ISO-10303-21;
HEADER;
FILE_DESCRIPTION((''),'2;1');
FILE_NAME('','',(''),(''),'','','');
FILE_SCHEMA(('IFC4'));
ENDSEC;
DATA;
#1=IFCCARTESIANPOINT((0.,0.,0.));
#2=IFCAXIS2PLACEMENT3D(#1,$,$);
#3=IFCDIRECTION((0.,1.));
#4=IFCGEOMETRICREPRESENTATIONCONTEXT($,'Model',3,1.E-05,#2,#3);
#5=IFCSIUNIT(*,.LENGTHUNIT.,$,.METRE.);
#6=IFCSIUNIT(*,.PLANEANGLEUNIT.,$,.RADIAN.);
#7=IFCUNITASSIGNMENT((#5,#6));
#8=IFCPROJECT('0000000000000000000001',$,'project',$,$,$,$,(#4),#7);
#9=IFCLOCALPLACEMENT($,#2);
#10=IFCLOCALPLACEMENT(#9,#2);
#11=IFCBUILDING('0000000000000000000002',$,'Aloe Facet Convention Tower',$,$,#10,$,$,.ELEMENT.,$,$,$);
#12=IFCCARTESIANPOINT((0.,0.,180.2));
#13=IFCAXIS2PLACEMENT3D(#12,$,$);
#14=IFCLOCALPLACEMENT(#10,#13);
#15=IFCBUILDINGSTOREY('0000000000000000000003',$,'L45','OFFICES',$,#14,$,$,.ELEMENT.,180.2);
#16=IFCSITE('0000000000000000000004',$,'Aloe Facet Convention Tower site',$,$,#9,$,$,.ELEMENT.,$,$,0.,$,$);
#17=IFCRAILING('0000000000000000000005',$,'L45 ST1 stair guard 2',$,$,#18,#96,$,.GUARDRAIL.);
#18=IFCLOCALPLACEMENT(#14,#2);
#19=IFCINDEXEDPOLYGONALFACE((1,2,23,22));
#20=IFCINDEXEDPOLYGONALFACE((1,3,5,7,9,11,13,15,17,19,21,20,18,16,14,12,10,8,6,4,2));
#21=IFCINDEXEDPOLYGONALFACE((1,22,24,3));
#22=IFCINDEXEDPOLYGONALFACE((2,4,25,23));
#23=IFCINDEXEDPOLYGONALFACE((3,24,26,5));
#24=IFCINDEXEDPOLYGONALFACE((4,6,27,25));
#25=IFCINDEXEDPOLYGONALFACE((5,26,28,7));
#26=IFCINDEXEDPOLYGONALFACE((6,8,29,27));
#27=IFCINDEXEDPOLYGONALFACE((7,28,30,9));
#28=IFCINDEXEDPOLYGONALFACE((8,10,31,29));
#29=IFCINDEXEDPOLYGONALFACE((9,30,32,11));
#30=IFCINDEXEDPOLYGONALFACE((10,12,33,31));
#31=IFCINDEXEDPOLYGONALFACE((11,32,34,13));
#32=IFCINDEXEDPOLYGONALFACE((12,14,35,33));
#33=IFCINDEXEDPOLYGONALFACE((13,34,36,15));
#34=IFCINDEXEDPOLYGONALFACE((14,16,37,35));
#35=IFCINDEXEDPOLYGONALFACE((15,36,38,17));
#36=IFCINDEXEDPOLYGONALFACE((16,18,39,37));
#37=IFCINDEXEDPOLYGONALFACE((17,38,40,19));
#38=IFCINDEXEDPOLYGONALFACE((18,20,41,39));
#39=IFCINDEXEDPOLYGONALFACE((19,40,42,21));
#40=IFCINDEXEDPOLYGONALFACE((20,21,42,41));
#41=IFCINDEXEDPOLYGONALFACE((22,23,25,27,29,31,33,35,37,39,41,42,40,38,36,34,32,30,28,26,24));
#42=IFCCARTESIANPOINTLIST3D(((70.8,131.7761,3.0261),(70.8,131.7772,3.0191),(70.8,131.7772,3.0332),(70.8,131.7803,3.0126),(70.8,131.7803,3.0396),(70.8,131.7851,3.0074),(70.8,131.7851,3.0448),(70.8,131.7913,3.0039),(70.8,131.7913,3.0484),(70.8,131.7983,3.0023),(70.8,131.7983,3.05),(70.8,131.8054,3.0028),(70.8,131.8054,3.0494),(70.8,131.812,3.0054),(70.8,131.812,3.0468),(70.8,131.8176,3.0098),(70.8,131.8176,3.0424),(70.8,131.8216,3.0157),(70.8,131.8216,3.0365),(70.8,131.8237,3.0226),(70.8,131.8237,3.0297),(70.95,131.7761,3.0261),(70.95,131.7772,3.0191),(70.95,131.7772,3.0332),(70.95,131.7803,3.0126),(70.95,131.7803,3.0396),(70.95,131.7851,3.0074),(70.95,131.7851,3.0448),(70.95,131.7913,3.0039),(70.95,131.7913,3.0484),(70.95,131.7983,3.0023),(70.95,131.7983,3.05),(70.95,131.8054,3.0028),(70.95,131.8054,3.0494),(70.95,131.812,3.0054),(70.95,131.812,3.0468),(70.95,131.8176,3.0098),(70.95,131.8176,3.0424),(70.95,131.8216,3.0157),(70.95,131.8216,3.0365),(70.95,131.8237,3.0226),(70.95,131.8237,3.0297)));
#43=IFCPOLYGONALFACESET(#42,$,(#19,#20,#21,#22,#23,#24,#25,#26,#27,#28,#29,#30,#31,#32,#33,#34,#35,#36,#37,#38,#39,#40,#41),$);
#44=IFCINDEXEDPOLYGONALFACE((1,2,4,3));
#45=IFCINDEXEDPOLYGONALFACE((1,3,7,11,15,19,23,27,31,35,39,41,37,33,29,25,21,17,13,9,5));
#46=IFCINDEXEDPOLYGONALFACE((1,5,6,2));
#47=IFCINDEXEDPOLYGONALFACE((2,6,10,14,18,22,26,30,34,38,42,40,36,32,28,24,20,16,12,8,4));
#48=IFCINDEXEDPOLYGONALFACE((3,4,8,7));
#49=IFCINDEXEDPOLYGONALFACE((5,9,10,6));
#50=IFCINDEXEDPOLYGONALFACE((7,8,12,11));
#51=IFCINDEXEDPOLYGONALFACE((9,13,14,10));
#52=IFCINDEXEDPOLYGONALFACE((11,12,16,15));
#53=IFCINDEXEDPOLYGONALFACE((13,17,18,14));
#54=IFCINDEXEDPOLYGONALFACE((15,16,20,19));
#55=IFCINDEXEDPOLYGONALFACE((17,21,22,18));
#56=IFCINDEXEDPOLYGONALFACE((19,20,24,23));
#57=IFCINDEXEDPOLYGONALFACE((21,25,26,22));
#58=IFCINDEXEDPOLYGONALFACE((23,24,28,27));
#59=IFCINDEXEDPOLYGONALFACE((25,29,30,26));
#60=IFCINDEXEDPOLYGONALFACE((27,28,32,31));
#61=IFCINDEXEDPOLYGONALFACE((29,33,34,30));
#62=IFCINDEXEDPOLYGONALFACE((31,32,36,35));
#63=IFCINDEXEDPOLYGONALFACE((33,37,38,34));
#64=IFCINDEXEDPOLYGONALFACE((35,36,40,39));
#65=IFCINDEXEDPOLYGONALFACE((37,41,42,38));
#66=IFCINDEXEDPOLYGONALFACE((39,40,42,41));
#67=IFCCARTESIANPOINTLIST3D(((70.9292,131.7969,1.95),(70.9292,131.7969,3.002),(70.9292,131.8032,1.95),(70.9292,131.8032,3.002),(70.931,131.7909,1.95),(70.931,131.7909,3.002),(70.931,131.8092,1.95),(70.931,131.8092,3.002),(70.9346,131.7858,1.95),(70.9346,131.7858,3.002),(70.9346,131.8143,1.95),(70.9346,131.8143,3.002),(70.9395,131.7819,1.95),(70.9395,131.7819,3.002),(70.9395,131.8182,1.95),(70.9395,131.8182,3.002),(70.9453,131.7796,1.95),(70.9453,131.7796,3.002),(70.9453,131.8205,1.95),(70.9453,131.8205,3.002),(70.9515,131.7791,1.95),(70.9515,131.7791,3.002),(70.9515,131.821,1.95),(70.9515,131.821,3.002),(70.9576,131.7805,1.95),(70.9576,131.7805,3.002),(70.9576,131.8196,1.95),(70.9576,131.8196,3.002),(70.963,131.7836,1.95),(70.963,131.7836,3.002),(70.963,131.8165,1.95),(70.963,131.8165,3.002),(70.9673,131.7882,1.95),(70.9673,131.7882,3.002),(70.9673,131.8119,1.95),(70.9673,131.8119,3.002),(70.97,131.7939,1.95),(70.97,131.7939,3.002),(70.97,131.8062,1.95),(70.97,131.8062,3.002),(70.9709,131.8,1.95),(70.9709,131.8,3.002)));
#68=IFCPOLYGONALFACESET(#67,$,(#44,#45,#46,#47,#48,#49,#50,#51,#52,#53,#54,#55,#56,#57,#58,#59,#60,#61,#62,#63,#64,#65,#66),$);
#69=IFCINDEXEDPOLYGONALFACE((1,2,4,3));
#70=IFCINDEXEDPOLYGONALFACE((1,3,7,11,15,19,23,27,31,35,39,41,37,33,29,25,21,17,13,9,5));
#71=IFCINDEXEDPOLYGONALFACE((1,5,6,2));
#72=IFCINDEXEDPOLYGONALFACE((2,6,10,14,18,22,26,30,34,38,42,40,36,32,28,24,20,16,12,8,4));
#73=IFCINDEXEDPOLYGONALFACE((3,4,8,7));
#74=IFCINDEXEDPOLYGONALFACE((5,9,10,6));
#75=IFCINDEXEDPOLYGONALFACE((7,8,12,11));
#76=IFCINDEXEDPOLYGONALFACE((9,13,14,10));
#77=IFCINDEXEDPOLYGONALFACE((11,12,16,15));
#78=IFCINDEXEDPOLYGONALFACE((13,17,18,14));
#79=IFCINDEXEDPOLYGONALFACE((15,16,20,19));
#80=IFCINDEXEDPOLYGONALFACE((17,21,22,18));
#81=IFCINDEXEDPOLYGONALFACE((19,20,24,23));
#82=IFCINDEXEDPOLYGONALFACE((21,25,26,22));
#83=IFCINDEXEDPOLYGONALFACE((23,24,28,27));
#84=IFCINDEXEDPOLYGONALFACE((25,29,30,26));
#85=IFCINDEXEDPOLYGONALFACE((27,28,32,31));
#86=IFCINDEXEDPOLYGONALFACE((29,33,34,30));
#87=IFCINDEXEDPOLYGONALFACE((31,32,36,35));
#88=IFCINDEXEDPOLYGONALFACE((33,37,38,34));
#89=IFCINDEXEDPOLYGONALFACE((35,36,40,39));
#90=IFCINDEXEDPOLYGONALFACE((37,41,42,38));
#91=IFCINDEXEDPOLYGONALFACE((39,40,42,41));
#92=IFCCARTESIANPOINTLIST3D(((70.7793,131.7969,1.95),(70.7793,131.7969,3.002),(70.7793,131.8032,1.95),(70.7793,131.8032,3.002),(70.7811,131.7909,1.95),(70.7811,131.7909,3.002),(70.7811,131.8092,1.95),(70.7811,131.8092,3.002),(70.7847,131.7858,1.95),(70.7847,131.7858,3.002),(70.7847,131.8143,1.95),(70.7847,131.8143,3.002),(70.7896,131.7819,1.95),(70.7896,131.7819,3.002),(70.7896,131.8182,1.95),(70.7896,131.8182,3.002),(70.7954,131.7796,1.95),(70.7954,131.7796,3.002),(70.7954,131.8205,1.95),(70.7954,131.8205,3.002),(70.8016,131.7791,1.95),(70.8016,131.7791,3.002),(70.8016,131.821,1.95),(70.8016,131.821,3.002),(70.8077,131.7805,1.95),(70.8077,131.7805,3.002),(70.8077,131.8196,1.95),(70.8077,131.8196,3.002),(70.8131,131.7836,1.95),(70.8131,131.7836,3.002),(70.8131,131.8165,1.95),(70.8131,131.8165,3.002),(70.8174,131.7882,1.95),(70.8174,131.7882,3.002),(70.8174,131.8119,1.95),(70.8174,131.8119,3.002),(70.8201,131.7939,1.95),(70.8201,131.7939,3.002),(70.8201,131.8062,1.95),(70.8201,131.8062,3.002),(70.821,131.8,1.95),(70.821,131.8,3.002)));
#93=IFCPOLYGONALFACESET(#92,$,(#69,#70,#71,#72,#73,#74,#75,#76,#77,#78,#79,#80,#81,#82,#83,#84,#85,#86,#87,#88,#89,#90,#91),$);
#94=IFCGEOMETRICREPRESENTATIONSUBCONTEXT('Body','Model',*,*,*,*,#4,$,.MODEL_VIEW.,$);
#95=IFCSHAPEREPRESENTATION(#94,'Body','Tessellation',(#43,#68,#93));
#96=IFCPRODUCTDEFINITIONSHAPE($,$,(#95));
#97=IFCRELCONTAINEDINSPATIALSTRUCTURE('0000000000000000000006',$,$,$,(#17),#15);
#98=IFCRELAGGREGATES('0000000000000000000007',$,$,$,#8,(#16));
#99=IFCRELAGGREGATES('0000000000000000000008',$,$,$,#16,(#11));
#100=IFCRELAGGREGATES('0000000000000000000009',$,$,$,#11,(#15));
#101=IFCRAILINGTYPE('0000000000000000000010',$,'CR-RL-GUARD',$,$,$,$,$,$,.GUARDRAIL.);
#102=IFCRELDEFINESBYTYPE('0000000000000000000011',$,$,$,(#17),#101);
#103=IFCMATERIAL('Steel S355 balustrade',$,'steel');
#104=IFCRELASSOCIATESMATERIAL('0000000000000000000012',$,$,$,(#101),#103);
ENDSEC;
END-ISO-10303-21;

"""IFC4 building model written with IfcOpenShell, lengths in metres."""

from ifc_helpers import new_model, si_unit, direction, frame, origin, origin_2d, place, context, subcontext, project, spatial, circle, extrude, material, type_object, element, save


model = new_model("IFC4")

# Units and contexts
model_context = context("Model", 3, precision=1e-05, world=origin(), true_north=direction((0.0, 1.0)))
body_context = subcontext(model_context, "Body", "Model", "MODEL_VIEW")
ifc_project = project(units=[si_unit("LENGTHUNIT", "METRE"), si_unit("PLANEANGLEUNIT", "RADIAN")], contexts=[model_context])

# Site, building, storey
site_placement = place(None, origin())
site = spatial("IfcSite", under=ifc_project, at=site_placement, Name="Aloe Facet Convention Tower site", CompositionType="ELEMENT", RefElevation=0.0)
building_placement = place(site_placement, origin())
building = spatial("IfcBuilding", under=site, at=building_placement, Name="Aloe Facet Convention Tower", CompositionType="ELEMENT")
storey_placement = place(building_placement, frame((0.0, 0.0, 180.2)))
storey = spatial("IfcBuildingStorey", under=building, at=storey_placement, Name="L45", Description="OFFICES", CompositionType="ELEMENT", Elevation=180.2)

# Railing
ifc_material_1 = material(Name="Steel S355 balustrade", Category="steel")
railing_type_1 = type_object("IfcRailingType", Name="CR-RL-GUARD", PredefinedType="GUARDRAIL", material=ifc_material_1)
railing_1_placement = place(storey_placement, frame((70.95, 131.8, 1.95)))
element("IfcRailing", 1, at=railing_1_placement, inside=storey, type_object=railing_type_1, Name="L45 ST1 stair guard 2", PredefinedType="GUARDRAIL", context=body_context, shape_type="SweptSolid", body=[
    extrude(circle(Radius=0.0239, at=origin_2d()), frame((0.0, 0.0, 1.0762), z_axis=(-1.0, 0.0, 0.0), x_axis=(0.0, -1.0, 0.0)), (0.0, 0.0, 1.0), 0.1499),
    extrude(circle(Radius=0.021, at=origin_2d()), origin(), (0.0, 0.0, 1.0), 1.052),
    extrude(circle(Radius=0.021, at=origin_2d()), frame((-0.1499, 0.0, 0.0)), (0.0, 0.0, 1.0), 1.052),
])

save(model, "model.ifc")
